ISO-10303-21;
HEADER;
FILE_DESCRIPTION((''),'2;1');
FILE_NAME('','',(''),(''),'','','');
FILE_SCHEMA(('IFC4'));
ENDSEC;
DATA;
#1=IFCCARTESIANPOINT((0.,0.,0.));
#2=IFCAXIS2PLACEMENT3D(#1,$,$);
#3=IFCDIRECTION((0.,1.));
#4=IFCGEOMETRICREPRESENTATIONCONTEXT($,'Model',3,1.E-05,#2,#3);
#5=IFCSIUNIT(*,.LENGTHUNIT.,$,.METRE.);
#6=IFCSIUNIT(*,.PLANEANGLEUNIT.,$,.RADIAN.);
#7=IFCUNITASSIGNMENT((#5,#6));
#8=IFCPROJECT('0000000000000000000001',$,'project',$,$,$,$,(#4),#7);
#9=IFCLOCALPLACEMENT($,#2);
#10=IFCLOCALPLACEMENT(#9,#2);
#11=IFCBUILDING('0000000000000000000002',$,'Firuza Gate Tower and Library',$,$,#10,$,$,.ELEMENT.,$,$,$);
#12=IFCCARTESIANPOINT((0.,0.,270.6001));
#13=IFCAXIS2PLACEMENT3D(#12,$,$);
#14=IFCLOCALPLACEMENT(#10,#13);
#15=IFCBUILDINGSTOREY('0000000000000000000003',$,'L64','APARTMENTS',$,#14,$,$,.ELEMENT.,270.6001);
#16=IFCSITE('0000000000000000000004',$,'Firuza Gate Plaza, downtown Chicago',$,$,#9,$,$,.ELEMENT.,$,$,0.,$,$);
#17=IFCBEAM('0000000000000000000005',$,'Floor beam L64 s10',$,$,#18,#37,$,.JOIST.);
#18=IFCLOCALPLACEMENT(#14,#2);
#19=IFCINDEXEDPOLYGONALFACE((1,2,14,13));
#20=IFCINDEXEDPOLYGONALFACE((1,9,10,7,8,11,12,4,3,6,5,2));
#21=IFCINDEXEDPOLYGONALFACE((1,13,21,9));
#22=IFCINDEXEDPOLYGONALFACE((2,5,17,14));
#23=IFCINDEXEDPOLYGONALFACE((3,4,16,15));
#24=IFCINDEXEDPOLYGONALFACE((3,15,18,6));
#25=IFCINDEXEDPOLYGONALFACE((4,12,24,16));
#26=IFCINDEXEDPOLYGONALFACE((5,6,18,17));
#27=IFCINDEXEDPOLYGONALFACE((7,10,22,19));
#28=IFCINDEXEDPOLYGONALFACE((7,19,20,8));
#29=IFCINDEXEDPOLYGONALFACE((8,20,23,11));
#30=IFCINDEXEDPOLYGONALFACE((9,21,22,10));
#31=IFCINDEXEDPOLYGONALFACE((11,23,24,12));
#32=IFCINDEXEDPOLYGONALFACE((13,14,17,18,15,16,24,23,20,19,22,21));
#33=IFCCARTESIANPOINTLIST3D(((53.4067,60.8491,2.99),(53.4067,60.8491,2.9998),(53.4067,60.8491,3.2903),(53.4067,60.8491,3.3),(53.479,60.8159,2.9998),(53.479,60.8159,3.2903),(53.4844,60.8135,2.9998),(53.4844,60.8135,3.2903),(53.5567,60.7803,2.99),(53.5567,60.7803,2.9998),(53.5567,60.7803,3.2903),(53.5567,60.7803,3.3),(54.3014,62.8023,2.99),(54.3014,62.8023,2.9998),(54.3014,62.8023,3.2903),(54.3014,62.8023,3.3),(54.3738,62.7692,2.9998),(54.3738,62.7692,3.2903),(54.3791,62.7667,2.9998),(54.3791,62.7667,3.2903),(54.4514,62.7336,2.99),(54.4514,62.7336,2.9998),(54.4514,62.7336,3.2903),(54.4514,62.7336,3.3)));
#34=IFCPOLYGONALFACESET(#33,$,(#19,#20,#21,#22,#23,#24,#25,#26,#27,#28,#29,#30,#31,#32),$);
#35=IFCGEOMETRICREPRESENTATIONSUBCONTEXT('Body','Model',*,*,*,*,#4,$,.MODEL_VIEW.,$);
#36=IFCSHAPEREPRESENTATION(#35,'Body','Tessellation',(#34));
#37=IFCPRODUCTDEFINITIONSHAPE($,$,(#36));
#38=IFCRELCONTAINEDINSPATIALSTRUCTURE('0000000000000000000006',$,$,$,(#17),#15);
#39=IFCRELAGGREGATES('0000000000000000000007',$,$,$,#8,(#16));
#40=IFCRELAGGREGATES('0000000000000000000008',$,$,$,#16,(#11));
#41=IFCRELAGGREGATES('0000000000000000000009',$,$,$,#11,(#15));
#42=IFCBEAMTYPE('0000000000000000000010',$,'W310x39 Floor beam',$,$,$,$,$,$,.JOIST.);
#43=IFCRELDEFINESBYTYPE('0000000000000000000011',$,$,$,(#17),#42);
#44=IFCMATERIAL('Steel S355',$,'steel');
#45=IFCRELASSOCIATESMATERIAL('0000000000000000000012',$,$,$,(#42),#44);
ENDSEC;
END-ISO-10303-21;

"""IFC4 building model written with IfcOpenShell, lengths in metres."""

from ifc_helpers import new_model, si_unit, direction, frame, origin, origin_2d, place, context, subcontext, project, spatial, i_section, extrude, material, material_profile, profile_set, type_object, element, save


model = new_model("IFC4")

# Units and contexts
model_context = context("Model", 3, precision=1e-05, world=origin(), true_north=direction((0.0, 1.0)))
body_context = subcontext(model_context, "Body", "Model", "MODEL_VIEW")
ifc_project = project(units=[si_unit("LENGTHUNIT", "METRE"), si_unit("PLANEANGLEUNIT", "RADIAN")], contexts=[model_context])

# Site, building, storey
site_placement = place(None, origin())
site = spatial("IfcSite", under=ifc_project, at=site_placement, Name="Firuza Gate Plaza, downtown Chicago", CompositionType="ELEMENT", RefElevation=0.0)
building_placement = place(site_placement, origin())
building = spatial("IfcBuilding", under=site, at=building_placement, Name="Firuza Gate Tower and Library", CompositionType="ELEMENT")
storey_placement = place(building_placement, frame((0.0, 0.0, 270.6001)))
storey = spatial("IfcBuildingStorey", under=building, at=storey_placement, Name="L64", Description="APARTMENTS", CompositionType="ELEMENT", Elevation=270.6001)

# Beam
ifc_material_1 = material(Name="Steel S355", Category="steel")
ifc_material_profile_1 = material_profile(ifc_material_1, i_section(OverallWidth=0.165, OverallDepth=0.3101, WebThickness=0.0059, FlangeThickness=0.0098, at=origin_2d()))
ifc_profile_set_1 = profile_set([ifc_material_profile_1], Name="Steel S355")
beam_type = type_object("IfcBeamType", Name="W310x39 Floor beam", PredefinedType="JOIST", material=ifc_profile_set_1)
beam_placement = place(storey_placement, frame((53.4817, 60.8147, 3.145), z_axis=(0.416455, 0.909156, 0.0), x_axis=(-0.909156, 0.416455, 0.0)))
element("IfcBeam", 1, at=beam_placement, inside=storey, type_object=beam_type, Name="Floor beam L64 s10", PredefinedType="JOIST", context=body_context, shape_type="SweptSolid", body=[
    extrude(i_section(OverallWidth=0.165, OverallDepth=0.3101, WebThickness=0.0059, FlangeThickness=0.0098, at=origin_2d()), origin(), (0.0, 0.0, 1.0), 2.1484),
])

save(model, "model.ifc")
